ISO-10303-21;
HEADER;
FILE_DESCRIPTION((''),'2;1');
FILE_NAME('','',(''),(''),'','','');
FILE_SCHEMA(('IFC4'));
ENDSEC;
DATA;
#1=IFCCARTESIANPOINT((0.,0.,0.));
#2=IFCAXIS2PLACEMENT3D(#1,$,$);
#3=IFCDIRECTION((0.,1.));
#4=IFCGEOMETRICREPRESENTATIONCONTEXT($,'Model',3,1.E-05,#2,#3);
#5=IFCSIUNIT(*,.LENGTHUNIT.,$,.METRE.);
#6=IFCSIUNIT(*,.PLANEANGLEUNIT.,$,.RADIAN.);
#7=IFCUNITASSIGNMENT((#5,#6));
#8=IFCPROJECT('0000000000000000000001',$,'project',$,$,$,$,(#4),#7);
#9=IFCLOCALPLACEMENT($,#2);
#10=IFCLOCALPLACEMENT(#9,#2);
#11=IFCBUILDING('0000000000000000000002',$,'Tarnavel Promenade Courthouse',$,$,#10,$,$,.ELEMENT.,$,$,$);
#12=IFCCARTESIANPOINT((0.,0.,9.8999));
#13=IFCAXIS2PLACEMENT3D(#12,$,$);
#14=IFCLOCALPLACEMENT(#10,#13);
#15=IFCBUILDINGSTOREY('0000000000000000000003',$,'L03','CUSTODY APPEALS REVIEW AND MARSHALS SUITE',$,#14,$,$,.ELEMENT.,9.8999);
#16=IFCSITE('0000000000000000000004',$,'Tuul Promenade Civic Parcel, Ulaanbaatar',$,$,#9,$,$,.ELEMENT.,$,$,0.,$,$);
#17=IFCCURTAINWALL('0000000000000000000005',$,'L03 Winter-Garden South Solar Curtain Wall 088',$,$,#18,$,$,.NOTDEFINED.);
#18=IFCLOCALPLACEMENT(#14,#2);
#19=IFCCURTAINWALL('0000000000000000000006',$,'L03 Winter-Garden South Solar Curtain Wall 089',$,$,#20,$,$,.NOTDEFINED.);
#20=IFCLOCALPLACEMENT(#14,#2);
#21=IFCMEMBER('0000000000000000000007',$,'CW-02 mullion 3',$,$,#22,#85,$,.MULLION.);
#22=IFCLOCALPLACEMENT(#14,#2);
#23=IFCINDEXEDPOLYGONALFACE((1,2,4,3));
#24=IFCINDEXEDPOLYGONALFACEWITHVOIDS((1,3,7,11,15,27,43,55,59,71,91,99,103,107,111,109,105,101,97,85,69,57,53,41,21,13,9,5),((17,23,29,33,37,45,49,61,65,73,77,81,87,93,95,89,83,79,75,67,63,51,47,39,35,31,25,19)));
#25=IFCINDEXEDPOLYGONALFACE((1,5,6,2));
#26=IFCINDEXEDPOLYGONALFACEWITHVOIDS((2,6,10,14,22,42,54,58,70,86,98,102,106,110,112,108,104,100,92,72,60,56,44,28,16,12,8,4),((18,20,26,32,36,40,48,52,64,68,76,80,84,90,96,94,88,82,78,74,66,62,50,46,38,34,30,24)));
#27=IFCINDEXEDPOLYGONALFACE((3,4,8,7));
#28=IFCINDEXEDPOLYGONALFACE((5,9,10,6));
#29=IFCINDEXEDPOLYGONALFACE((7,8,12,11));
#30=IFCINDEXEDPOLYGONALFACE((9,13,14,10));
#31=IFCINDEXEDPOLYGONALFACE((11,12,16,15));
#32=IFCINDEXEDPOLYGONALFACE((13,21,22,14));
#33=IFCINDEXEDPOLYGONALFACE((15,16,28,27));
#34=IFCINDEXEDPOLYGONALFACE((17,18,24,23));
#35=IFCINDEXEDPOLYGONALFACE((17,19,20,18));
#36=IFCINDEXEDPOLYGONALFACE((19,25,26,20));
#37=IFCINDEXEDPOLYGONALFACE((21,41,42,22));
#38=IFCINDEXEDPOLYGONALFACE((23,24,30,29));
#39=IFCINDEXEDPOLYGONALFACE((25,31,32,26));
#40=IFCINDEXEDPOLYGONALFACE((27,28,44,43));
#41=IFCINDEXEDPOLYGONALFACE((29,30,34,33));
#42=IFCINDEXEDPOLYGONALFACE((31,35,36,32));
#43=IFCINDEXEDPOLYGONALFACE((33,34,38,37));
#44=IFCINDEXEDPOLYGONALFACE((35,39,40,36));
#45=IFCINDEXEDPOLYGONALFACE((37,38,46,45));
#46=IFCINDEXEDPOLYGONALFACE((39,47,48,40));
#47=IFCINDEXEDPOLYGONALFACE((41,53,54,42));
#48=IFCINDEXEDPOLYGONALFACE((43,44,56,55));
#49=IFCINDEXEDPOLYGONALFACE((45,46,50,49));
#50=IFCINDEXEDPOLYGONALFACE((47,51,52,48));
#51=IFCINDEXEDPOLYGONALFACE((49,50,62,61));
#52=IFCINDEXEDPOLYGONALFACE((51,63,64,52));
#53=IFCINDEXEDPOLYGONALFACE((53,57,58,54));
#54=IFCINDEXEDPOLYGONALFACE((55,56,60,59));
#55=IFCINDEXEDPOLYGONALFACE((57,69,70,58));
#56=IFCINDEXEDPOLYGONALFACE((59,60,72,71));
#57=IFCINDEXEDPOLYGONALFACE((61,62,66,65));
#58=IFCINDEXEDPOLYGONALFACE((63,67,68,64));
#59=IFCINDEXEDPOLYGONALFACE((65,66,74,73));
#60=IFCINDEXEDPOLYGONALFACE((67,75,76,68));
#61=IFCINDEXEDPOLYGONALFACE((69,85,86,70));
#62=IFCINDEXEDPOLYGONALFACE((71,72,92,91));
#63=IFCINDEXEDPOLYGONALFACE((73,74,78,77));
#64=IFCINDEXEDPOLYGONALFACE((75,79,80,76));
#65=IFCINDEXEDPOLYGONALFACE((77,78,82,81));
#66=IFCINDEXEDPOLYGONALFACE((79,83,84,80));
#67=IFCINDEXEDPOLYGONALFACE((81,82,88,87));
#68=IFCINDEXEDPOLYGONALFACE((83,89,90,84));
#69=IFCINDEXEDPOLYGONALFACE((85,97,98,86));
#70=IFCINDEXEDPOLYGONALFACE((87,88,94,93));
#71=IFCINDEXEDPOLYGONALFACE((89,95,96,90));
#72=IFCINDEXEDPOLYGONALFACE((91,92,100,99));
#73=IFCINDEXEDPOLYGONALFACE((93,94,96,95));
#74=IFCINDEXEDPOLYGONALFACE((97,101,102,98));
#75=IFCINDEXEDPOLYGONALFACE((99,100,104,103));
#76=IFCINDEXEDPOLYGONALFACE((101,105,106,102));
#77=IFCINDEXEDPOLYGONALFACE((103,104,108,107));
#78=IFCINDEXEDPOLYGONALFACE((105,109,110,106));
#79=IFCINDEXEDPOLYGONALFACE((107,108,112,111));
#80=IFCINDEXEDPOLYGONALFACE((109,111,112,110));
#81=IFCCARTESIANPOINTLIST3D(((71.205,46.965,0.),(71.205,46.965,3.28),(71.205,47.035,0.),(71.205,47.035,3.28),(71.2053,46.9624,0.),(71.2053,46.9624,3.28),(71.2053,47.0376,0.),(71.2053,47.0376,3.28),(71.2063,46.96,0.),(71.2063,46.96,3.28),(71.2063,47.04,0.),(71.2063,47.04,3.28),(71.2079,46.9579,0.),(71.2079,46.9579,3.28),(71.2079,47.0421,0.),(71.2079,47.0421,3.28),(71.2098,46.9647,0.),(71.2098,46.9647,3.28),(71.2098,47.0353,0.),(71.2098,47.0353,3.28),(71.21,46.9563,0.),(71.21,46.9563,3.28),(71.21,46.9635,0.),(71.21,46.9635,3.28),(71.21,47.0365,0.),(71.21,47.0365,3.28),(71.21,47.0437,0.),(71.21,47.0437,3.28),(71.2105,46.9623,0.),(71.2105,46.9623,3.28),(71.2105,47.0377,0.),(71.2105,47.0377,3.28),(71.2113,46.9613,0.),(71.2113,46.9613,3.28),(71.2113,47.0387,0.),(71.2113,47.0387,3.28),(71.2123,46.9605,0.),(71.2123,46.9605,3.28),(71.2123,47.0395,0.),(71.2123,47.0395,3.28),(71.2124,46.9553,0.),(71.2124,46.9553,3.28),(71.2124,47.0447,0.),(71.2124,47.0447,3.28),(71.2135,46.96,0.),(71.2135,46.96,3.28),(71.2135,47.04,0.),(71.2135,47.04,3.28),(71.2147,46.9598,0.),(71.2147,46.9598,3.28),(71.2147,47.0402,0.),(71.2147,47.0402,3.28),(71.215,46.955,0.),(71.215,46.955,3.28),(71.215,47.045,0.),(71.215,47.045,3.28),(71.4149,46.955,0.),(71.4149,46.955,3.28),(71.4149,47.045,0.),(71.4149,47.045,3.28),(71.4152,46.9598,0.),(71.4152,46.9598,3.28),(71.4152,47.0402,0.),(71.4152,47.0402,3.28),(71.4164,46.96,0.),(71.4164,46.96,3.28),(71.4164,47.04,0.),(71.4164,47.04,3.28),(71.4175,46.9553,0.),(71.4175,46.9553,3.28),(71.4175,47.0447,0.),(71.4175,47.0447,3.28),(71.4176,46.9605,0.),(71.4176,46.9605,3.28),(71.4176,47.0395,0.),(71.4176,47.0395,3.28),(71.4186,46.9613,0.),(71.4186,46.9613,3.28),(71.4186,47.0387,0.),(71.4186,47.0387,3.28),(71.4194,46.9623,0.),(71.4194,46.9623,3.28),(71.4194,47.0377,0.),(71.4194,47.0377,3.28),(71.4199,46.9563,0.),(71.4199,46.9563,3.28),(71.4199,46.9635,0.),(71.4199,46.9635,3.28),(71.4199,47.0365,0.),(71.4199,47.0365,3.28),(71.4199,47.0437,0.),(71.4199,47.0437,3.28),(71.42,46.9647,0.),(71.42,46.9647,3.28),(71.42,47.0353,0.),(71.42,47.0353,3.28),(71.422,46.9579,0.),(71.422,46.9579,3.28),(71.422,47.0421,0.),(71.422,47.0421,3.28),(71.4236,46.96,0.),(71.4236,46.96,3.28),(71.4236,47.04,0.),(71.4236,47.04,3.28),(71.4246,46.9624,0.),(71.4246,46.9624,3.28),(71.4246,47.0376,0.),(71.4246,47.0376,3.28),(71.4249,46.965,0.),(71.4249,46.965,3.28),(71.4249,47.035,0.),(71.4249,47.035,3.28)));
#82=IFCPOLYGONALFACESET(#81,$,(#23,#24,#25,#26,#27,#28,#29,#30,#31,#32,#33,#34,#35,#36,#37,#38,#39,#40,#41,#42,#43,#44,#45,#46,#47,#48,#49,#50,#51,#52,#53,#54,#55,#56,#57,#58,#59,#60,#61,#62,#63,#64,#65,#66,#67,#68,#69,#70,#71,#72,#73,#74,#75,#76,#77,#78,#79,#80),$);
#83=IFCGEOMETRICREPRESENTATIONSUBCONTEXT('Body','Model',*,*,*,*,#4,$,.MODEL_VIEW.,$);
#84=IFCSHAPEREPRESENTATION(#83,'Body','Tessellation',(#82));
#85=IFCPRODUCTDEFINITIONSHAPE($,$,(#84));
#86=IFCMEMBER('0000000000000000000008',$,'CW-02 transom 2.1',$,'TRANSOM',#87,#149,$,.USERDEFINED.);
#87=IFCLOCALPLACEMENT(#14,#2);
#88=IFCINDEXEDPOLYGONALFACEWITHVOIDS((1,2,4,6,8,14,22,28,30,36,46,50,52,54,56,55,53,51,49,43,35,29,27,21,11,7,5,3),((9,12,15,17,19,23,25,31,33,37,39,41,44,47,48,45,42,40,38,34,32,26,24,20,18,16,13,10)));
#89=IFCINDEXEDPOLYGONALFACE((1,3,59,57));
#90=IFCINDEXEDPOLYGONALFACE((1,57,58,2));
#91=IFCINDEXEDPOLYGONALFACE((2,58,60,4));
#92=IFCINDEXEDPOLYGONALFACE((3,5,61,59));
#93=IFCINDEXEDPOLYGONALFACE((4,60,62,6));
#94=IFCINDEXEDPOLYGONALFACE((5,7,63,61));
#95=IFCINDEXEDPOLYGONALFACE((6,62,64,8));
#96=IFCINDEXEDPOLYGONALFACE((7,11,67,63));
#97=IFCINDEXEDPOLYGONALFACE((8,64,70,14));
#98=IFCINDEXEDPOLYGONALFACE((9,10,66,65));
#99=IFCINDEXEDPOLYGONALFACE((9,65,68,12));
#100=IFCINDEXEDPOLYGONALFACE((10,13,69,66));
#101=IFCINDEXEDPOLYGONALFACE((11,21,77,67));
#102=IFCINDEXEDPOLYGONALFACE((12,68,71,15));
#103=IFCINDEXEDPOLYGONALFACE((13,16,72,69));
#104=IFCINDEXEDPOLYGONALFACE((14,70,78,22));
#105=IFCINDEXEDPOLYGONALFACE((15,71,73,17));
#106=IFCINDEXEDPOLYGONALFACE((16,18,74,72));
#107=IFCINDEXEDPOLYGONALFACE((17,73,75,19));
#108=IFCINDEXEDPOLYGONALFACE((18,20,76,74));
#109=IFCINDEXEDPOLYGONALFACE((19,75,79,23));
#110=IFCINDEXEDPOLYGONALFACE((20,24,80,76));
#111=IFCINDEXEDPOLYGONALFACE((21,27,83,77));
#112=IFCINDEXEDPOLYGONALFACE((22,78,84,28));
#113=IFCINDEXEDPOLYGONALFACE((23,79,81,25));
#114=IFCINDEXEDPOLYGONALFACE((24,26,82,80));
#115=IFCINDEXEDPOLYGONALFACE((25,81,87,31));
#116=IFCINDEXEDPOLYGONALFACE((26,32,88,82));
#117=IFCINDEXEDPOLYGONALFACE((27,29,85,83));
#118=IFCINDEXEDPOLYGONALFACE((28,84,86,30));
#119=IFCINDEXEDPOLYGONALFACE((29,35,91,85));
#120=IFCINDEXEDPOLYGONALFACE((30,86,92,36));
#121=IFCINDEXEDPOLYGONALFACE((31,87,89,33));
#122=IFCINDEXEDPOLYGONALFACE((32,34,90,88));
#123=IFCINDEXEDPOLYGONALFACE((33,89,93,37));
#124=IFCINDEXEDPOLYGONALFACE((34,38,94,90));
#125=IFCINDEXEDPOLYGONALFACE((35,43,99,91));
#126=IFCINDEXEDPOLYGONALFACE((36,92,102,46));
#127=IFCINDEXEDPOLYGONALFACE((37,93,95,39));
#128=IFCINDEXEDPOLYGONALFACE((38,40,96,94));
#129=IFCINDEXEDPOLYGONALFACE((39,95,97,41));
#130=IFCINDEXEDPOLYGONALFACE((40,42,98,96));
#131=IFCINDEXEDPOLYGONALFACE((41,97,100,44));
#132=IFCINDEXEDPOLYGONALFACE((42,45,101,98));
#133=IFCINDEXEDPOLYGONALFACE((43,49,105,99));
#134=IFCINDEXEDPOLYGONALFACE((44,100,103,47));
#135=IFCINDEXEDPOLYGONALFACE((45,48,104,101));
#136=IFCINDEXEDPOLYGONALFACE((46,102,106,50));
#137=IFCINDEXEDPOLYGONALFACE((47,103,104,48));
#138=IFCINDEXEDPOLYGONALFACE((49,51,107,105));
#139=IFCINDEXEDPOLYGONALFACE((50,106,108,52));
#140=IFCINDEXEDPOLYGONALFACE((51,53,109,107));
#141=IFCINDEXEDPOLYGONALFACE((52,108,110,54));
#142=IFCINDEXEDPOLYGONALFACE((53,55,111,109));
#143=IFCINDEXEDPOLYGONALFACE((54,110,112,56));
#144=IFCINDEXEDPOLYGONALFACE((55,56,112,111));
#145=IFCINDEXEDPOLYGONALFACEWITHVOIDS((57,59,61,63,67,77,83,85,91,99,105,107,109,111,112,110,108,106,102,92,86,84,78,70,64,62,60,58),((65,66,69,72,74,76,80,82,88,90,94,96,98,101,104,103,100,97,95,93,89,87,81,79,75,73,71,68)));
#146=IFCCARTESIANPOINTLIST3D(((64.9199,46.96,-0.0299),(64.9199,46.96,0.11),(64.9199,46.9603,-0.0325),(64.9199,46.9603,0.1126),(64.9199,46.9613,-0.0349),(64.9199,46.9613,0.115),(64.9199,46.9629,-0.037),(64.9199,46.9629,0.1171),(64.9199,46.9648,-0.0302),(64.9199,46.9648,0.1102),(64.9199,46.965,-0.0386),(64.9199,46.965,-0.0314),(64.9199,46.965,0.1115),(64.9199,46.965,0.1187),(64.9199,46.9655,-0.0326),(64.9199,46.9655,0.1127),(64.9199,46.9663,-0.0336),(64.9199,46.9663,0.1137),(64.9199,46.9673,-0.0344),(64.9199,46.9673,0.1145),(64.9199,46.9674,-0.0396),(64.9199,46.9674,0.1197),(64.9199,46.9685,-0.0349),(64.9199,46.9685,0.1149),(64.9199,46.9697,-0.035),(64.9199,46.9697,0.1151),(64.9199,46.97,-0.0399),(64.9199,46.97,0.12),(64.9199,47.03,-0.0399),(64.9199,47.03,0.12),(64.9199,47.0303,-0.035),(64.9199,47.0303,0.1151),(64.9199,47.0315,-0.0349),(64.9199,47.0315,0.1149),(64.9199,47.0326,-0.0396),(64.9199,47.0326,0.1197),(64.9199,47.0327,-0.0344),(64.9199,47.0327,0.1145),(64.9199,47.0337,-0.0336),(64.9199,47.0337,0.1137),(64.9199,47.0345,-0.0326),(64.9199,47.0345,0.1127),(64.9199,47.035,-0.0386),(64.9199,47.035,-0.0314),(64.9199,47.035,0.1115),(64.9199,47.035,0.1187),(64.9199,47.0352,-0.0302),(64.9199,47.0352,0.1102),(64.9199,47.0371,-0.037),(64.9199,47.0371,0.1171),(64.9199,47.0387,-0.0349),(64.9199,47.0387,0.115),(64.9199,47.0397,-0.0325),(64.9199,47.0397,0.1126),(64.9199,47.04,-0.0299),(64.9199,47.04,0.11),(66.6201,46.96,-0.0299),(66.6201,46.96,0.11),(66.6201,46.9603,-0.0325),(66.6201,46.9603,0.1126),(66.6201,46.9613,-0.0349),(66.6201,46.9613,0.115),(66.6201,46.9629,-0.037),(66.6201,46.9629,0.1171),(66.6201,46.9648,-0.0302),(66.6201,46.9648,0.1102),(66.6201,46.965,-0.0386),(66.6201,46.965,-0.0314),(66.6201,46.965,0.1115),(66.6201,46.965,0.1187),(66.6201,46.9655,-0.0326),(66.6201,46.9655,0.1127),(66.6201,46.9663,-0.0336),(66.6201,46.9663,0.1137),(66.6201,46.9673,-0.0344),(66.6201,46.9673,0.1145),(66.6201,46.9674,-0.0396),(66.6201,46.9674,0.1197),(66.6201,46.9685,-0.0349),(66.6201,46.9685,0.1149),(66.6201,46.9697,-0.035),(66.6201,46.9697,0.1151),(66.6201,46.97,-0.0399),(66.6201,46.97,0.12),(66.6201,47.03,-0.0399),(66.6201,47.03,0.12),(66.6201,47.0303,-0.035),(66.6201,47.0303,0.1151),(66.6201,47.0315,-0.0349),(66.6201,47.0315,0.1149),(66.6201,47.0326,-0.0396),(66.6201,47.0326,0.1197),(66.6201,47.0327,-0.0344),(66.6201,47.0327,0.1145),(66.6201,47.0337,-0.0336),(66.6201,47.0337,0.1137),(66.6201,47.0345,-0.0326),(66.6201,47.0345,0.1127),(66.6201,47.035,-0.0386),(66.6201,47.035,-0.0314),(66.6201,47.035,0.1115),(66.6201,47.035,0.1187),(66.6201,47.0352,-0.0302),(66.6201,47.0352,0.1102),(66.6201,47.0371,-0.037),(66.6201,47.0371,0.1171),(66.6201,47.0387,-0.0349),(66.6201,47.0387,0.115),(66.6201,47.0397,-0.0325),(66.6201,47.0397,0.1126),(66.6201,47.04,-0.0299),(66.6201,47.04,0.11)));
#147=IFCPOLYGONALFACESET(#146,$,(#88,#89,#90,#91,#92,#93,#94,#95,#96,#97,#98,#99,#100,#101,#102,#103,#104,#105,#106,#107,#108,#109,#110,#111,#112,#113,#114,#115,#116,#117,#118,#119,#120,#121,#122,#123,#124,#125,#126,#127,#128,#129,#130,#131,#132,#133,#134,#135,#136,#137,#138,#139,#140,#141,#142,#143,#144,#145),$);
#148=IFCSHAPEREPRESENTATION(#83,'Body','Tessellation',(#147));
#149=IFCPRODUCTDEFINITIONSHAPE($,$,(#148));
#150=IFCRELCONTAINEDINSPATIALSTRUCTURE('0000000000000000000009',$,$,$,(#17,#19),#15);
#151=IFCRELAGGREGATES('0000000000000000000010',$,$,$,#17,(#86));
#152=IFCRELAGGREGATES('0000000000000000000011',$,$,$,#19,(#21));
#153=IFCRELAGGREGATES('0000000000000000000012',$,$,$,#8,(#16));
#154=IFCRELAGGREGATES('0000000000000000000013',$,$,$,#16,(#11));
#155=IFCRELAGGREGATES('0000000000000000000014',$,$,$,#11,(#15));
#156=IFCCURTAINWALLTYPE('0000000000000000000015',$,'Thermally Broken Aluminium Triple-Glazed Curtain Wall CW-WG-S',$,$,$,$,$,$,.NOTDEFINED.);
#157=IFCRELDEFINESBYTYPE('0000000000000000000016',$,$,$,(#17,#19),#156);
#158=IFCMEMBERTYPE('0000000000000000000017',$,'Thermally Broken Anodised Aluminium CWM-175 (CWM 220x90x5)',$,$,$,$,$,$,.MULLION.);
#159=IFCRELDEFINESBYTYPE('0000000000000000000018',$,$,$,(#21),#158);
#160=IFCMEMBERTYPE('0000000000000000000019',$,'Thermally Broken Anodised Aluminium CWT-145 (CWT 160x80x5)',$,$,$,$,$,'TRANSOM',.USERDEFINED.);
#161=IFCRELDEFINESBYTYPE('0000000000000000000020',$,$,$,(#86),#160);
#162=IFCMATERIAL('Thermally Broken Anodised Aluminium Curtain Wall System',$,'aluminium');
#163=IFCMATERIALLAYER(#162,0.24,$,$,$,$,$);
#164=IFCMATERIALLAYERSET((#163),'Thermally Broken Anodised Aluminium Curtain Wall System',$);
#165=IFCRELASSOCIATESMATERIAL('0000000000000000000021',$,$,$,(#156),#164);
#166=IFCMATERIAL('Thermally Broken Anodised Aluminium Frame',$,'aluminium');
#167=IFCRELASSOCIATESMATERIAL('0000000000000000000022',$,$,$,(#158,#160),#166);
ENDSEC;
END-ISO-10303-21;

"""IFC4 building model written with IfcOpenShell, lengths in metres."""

from ifc_helpers import new_model, si_unit, direction, frame, origin, origin_2d, place, context, subcontext, project, spatial, hollow_rectangle, extrude, material, layer, layer_set, material_profile, profile_set, type_object, element, aggregate, save


model = new_model("IFC4")

# Units and contexts
model_context = context("Model", 3, precision=1e-05, world=origin(), true_north=direction((0.0, 1.0)))
body_context = subcontext(model_context, "Body", "Model", "MODEL_VIEW")
ifc_project = project(units=[si_unit("LENGTHUNIT", "METRE"), si_unit("PLANEANGLEUNIT", "RADIAN")], contexts=[model_context])

# Site, building, storey
site_placement = place(None, origin())
site = spatial("IfcSite", under=ifc_project, at=site_placement, Name="Tuul Promenade Civic Parcel, Ulaanbaatar", CompositionType="ELEMENT", RefElevation=0.0)
building_placement = place(site_placement, origin())
building = spatial("IfcBuilding", under=site, at=building_placement, Name="Tarnavel Promenade Courthouse", CompositionType="ELEMENT")
storey_placement = place(building_placement, frame((0.0, 0.0, 9.8999)))
storey = spatial("IfcBuildingStorey", under=building, at=storey_placement, Name="L03", Description="CUSTODY APPEALS REVIEW AND MARSHALS SUITE", CompositionType="ELEMENT", Elevation=9.8999)

# Curtain walls, member
ifc_material_1 = material(Name="Thermally Broken Anodised Aluminium Curtain Wall System", Category="aluminium")
ifc_layer_1 = layer(ifc_material_1, 0.24)
ifc_layer_set_1 = layer_set([ifc_layer_1], Name="Thermally Broken Anodised Aluminium Curtain Wall System")
curtain_wall_type = type_object("IfcCurtainWallType", Name="Thermally Broken Aluminium Triple-Glazed Curtain Wall CW-WG-S", PredefinedType="NOTDEFINED", material=ifc_layer_set_1)
curtain_wall_1_placement = place(storey_placement, origin())
curtain_wall_1 = element("IfcCurtainWall", 1, at=curtain_wall_1_placement, inside=storey, type_object=curtain_wall_type, Name="L03 Winter-Garden South Solar Curtain Wall 088", PredefinedType="NOTDEFINED")
ifc_material_2 = material(Name="Thermally Broken Anodised Aluminium Frame", Category="aluminium")
ifc_material_profile_1 = material_profile(ifc_material_2, hollow_rectangle(XDim=0.0901, YDim=0.22, WallThickness=0.0049, InnerFilletRadius=0.0049, OuterFilletRadius=0.01, at=origin_2d()), Name="CWM 220x90x5")
ifc_profile_set_1 = profile_set([ifc_material_profile_1], Name="Thermally Broken Anodised Aluminium Frame")
member_type_1 = type_object("IfcMemberType", Name="Thermally Broken Anodised Aluminium CWM-175 (CWM 220x90x5)", PredefinedType="MULLION", material=ifc_profile_set_1)
curtain_wall_2_placement = place(storey_placement, origin())
curtain_wall_2 = element("IfcCurtainWall", 2, at=curtain_wall_2_placement, inside=storey, type_object=curtain_wall_type, Name="L03 Winter-Garden South Solar Curtain Wall 089", PredefinedType="NOTDEFINED")
member_1_placement = place(storey_placement, frame((71.3149, 47.0, 0.0), z_axis=(0.0, 0.0, 1.0), x_axis=(0.0, 1.0, 0.0)))
member_1 = element("IfcMember", 3, at=member_1_placement, type_object=member_type_1, Name="CW-02 mullion 3", PredefinedType="MULLION", context=body_context, shape_type="SweptSolid", body=[
    extrude(hollow_rectangle(XDim=0.0901, YDim=0.22, WallThickness=0.0049, InnerFilletRadius=0.0049, OuterFilletRadius=0.01, at=origin_2d()), origin(), (0.0, 0.0, 1.0), 3.28),
])

# Member
ifc_material_profile_2 = material_profile(ifc_material_2, hollow_rectangle(XDim=0.0801, YDim=0.1599, WallThickness=0.0049, InnerFilletRadius=0.0049, OuterFilletRadius=0.01, at=origin_2d()), Name="CWT 160x80x5")
ifc_profile_set_2 = profile_set([ifc_material_profile_2], Name="Thermally Broken Anodised Aluminium Frame")
member_type_2 = type_object("IfcMemberType", Name="Thermally Broken Anodised Aluminium CWT-145 (CWT 160x80x5)", ElementType="TRANSOM", PredefinedType="USERDEFINED", material=ifc_profile_set_2)
member_2_placement = place(storey_placement, frame((64.9199, 47.0, 0.04), z_axis=(1.0, 0.0, 0.0), x_axis=(0.0, 1.0, 0.0)))
member_2 = element("IfcMember", 4, at=member_2_placement, type_object=member_type_2, Name="CW-02 transom 2.1", ObjectType="TRANSOM", PredefinedType="USERDEFINED", context=body_context, shape_type="SweptSolid", body=[
    extrude(hollow_rectangle(XDim=0.0801, YDim=0.1599, WallThickness=0.0049, InnerFilletRadius=0.0049, OuterFilletRadius=0.01, at=origin_2d()), origin(), (0.0, 0.0, 1.0), 1.7002),
])

aggregate(curtain_wall_1, [member_2])
aggregate(curtain_wall_2, [member_1])

save(model, "model.ifc")
